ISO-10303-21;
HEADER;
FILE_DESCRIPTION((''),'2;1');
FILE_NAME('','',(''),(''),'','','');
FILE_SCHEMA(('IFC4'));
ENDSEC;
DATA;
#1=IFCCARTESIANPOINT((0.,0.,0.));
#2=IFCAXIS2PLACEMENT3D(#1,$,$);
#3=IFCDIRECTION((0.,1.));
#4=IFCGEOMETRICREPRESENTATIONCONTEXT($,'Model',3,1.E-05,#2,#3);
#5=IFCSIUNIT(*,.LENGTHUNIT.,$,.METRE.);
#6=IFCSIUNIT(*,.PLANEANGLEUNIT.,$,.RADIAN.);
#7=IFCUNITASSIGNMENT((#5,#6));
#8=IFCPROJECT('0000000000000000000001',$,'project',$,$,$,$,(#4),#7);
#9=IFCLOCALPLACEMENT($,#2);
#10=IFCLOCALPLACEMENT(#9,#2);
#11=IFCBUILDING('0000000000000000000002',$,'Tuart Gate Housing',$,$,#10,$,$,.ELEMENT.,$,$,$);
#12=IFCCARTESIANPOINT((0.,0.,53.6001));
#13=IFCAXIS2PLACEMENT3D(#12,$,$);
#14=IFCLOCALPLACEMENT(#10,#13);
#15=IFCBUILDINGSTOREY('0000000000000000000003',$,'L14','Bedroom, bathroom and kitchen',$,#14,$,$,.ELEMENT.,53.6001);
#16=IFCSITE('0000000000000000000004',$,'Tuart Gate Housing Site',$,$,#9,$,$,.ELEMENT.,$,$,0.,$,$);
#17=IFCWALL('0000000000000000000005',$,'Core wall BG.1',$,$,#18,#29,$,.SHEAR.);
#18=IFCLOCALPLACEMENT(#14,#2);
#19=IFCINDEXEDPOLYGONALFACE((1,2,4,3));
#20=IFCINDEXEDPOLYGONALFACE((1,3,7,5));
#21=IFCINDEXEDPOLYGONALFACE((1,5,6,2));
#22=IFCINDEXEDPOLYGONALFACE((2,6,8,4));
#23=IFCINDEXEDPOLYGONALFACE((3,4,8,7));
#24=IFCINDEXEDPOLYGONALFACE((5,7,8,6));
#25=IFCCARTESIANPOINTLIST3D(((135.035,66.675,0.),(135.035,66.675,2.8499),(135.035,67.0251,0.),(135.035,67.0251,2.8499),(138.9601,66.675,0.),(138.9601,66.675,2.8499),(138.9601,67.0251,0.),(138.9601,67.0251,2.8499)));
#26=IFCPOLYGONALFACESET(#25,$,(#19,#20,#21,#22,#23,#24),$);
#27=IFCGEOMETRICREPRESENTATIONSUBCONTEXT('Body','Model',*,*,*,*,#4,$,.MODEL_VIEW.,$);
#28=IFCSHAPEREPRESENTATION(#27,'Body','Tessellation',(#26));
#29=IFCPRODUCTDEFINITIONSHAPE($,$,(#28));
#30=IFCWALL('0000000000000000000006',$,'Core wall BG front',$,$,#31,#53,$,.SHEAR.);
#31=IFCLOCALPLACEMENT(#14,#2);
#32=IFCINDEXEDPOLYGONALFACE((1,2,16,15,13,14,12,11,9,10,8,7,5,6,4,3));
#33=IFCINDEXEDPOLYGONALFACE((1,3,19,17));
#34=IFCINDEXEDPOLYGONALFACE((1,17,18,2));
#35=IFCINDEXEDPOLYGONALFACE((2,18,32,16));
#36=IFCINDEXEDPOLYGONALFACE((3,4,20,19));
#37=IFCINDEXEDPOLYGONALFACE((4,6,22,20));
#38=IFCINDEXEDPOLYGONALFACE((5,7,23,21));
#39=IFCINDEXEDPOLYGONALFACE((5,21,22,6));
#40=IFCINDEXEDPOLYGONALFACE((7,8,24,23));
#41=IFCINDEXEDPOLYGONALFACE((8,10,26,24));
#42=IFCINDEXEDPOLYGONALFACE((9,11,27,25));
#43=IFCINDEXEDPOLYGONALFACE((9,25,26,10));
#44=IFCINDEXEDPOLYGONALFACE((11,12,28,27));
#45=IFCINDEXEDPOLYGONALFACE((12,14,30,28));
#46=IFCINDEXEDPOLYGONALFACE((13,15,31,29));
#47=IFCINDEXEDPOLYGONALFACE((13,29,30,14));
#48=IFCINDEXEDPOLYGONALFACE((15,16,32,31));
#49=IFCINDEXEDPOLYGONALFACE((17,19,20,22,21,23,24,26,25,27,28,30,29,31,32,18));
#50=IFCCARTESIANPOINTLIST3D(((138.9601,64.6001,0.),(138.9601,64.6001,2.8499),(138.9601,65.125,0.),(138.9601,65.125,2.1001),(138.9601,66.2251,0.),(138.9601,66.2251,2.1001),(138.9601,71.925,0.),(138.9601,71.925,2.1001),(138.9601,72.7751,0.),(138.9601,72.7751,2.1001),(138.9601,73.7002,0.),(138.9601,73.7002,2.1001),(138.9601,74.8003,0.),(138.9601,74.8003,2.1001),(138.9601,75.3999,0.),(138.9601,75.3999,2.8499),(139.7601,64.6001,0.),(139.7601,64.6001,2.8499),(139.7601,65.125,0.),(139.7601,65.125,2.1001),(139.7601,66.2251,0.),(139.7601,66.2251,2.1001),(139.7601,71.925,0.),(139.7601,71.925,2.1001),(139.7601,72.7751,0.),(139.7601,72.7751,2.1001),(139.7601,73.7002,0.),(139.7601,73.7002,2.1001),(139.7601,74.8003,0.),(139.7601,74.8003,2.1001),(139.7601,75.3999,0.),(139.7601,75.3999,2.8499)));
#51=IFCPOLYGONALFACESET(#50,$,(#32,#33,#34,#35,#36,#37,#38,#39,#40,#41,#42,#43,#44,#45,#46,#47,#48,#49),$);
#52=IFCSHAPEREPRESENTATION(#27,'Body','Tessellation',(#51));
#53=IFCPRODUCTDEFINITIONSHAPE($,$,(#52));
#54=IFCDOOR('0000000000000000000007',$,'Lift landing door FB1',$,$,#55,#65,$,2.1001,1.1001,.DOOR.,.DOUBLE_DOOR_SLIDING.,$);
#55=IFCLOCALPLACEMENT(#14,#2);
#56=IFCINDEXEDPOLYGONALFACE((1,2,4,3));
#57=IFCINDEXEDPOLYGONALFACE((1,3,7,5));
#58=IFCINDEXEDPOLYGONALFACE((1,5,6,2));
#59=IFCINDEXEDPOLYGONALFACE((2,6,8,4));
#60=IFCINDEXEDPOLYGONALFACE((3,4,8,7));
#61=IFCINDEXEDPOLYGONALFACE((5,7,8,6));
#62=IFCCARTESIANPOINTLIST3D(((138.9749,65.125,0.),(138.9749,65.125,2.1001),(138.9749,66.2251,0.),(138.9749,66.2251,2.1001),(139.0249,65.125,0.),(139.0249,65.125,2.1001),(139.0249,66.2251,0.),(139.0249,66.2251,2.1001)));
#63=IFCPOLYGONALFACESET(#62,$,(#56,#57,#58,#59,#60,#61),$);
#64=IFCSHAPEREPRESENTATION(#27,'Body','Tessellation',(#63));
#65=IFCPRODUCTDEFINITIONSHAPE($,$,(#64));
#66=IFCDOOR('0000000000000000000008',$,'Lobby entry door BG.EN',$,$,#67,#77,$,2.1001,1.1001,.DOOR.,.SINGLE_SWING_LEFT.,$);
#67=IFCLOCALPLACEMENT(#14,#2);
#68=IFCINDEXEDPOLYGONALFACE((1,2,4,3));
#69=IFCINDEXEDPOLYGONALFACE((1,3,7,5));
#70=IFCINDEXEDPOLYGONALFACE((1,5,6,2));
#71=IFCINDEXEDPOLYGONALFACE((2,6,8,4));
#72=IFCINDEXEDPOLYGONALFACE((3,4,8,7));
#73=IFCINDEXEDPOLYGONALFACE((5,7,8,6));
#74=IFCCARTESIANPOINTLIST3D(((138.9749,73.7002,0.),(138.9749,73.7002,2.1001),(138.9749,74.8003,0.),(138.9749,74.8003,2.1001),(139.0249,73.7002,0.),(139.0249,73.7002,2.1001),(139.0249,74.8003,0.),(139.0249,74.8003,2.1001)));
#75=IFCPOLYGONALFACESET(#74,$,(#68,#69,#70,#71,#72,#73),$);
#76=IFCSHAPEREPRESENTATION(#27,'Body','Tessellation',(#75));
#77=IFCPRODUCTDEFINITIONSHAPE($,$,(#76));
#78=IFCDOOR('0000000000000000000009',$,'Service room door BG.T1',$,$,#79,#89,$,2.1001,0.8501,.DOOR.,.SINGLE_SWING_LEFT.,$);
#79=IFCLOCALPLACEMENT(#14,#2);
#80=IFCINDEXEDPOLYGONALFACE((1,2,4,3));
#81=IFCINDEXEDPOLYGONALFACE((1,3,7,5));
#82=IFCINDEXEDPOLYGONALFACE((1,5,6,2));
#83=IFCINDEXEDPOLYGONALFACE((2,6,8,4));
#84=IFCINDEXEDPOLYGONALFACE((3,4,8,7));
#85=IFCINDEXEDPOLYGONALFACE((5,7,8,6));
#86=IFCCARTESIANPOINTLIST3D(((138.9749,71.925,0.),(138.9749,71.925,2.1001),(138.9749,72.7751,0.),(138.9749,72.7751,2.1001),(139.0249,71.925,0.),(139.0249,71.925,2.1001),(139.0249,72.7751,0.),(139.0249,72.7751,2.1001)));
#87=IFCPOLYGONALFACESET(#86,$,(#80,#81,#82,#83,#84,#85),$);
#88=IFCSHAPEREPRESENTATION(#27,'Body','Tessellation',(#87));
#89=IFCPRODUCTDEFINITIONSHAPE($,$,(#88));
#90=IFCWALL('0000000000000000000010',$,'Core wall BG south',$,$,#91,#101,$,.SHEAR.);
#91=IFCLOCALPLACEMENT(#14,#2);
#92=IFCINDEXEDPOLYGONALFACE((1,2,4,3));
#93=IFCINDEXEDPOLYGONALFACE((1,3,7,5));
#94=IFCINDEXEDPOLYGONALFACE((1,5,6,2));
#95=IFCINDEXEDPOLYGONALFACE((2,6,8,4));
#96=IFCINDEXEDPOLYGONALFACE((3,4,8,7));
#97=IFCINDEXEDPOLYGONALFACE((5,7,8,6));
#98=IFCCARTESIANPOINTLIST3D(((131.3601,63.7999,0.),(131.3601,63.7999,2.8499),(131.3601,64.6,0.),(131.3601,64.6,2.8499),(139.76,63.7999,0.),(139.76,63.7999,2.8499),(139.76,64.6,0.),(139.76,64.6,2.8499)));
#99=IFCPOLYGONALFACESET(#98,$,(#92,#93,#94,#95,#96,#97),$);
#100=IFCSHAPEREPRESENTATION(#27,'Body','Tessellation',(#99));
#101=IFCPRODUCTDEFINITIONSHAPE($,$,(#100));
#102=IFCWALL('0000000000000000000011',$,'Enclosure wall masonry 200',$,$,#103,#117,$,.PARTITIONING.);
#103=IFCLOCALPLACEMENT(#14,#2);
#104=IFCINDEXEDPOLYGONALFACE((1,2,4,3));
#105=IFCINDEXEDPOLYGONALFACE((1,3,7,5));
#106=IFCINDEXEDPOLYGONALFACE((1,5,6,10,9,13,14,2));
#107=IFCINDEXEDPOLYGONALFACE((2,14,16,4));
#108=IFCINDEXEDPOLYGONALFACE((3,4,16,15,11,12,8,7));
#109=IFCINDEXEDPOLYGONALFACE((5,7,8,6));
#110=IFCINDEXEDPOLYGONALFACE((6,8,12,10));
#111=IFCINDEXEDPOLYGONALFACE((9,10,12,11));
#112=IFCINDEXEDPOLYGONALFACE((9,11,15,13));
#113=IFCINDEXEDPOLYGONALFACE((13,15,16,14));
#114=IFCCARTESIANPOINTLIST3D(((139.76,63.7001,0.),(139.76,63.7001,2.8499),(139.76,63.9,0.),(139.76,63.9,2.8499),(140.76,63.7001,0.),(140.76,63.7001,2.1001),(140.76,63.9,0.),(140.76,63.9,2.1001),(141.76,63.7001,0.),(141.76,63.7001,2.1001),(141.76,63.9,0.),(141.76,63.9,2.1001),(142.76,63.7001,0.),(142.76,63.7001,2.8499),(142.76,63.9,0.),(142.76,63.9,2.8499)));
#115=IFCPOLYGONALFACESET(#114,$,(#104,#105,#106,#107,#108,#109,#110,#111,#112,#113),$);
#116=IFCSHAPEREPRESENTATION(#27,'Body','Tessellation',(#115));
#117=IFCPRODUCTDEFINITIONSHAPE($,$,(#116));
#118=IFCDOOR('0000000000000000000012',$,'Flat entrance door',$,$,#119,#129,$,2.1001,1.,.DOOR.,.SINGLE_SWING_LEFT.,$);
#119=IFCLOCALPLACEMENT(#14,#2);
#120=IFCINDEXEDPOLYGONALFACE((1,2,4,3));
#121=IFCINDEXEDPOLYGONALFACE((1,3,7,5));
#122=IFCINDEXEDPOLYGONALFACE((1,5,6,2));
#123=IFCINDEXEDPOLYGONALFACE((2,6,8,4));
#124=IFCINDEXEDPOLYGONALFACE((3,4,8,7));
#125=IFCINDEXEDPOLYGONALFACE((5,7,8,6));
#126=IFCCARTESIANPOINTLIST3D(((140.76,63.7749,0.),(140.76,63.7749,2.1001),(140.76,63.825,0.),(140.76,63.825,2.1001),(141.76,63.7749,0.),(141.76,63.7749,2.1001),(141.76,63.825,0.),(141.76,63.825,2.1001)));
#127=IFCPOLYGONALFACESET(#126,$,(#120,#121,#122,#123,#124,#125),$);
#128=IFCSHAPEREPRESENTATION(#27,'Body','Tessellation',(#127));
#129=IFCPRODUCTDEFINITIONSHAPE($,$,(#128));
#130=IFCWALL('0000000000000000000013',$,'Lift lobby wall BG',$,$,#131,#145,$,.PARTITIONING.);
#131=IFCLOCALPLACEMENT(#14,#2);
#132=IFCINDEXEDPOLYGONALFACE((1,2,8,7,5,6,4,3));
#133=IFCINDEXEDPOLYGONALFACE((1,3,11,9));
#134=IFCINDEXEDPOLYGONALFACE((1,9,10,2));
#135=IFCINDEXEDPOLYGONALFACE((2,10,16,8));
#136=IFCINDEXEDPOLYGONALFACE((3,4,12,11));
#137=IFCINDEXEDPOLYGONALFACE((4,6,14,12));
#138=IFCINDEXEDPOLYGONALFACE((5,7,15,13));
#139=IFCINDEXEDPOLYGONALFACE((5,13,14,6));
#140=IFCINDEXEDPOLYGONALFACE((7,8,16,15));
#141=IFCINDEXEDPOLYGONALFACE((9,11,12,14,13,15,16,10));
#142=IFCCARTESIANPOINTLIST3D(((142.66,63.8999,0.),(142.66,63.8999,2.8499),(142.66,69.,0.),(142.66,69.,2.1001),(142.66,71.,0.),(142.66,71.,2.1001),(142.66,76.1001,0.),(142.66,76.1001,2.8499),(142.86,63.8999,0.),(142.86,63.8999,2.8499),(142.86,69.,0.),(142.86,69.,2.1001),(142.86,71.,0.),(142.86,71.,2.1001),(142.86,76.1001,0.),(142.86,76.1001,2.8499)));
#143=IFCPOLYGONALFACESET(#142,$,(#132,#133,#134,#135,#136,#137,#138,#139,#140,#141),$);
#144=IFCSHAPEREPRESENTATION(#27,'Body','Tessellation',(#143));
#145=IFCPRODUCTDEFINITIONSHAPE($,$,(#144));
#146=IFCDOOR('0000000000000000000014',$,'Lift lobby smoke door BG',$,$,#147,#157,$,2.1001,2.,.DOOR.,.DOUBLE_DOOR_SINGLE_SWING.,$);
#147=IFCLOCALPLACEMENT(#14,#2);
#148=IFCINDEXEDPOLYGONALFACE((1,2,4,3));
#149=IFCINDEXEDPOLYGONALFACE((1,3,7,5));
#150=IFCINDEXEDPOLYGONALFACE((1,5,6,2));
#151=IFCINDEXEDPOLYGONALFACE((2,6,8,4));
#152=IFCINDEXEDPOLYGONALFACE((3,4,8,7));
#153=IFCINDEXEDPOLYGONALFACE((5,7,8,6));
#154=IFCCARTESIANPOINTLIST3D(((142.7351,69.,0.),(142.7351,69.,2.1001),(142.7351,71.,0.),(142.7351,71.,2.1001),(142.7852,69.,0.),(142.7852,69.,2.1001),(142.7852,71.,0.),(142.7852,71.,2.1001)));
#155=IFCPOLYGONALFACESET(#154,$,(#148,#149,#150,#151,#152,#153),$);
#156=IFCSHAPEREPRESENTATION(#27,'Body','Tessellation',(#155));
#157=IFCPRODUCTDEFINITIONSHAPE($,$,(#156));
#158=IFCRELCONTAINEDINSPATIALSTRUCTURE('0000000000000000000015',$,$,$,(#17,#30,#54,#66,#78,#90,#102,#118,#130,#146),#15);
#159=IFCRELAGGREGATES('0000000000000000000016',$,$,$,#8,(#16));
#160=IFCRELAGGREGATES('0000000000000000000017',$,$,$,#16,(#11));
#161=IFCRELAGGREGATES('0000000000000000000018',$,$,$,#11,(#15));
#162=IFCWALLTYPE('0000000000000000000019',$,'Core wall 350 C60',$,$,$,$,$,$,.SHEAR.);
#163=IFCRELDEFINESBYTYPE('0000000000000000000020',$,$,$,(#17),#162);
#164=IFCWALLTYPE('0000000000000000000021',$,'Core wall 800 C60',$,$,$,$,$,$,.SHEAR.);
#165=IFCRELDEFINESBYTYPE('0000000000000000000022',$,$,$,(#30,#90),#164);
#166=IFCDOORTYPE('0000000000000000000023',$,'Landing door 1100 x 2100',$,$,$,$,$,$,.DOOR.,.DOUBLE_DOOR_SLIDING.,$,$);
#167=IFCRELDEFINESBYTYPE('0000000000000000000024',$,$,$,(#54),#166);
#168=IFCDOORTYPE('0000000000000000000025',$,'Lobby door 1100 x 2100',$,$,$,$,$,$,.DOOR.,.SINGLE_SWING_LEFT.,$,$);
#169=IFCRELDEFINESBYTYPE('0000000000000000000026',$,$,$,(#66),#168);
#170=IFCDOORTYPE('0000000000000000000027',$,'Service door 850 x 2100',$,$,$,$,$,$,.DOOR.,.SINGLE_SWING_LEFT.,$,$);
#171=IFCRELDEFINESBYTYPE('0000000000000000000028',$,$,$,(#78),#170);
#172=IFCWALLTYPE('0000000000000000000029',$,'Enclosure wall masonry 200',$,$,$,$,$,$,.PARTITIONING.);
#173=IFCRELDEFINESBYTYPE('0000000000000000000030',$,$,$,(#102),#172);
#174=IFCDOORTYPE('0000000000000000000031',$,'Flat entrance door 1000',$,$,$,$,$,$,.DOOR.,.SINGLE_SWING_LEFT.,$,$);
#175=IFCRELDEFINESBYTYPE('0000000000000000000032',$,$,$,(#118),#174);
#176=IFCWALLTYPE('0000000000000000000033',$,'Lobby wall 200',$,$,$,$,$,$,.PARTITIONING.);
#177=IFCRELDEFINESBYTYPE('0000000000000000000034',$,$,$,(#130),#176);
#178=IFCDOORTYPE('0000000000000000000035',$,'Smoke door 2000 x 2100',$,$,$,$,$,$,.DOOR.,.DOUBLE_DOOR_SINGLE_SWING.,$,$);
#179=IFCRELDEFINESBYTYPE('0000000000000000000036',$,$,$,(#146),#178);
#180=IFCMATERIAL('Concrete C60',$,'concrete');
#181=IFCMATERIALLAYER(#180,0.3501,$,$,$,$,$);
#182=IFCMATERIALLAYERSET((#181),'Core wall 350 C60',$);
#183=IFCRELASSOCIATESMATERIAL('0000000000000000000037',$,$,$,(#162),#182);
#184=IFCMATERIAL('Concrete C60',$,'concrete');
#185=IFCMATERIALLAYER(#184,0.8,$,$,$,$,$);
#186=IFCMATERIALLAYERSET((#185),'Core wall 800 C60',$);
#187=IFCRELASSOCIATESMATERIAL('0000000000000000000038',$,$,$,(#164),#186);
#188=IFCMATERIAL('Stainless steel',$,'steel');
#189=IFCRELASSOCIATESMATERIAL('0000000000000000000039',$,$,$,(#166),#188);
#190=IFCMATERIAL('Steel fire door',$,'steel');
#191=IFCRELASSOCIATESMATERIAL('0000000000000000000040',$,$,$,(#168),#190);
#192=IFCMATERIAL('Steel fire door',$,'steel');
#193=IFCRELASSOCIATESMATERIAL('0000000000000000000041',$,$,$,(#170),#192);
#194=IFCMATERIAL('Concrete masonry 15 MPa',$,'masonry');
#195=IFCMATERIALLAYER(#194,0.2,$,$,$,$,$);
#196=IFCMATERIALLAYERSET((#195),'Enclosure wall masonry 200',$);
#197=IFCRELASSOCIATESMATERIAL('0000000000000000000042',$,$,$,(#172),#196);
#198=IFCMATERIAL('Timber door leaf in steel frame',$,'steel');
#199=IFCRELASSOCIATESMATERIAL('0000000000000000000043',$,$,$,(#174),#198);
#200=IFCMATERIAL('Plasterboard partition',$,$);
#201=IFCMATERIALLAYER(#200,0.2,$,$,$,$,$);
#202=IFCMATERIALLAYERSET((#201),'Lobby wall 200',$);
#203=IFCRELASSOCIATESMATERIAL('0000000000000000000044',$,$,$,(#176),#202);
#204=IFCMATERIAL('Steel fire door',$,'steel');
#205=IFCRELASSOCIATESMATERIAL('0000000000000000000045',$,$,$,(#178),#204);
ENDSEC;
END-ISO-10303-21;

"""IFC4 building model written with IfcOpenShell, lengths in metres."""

from ifc_helpers import new_model, si_unit, direction, frame, frame_2d, origin, place, context, subcontext, project, spatial, rectangle, extrude, material, layer, layer_set, type_object, element, fill, save


model = new_model("IFC4")

# Units and contexts
model_context = context("Model", 3, precision=1e-05, world=origin(), true_north=direction((0.0, 1.0)))
body_context = subcontext(model_context, "Body", "Model", "MODEL_VIEW")
ifc_project = project(units=[si_unit("LENGTHUNIT", "METRE"), si_unit("PLANEANGLEUNIT", "RADIAN")], contexts=[model_context])

# Site, building, storey
site_placement = place(None, origin())
site = spatial("IfcSite", under=ifc_project, at=site_placement, Name="Tuart Gate Housing Site", CompositionType="ELEMENT", RefElevation=0.0)
building_placement = place(site_placement, origin())
building = spatial("IfcBuilding", under=site, at=building_placement, Name="Tuart Gate Housing", CompositionType="ELEMENT")
storey_placement = place(building_placement, frame((0.0, 0.0, 53.6001)))
storey = spatial("IfcBuildingStorey", under=building, at=storey_placement, Name="L14", Description="Bedroom, bathroom and kitchen", CompositionType="ELEMENT", Elevation=53.6001)

# Wall
ifc_material_1 = material(Name="Concrete C60", Category="concrete")
ifc_layer_1 = layer(ifc_material_1, 0.3501)
ifc_layer_set_1 = layer_set([ifc_layer_1], Name="Core wall 350 C60")
wall_type_1 = type_object("IfcWallType", Name="Core wall 350 C60", PredefinedType="SHEAR", material=ifc_layer_set_1)
wall_1_placement = place(storey_placement, frame((138.96, 66.8501, 0.0), z_axis=(0.0, 0.0, 1.0), x_axis=(-1.0, 0.0, 0.0)))
element("IfcWall", 1, at=wall_1_placement, inside=storey, type_object=wall_type_1, Name="Core wall BG.1", PredefinedType="SHEAR", context=body_context, shape_type="SweptSolid", body=[
    extrude(rectangle(XDim=3.925, YDim=0.3501, at=frame_2d((1.9624, 0.0))), origin(), (0.0, 0.0, 1.0), 2.8499),
])

# Wall, openings, doors
ifc_material_2 = material(Name="Concrete C60", Category="concrete")
ifc_layer_2 = layer(ifc_material_2, 0.8)
ifc_layer_set_2 = layer_set([ifc_layer_2], Name="Core wall 800 C60")
wall_type_2 = type_object("IfcWallType", Name="Core wall 800 C60", PredefinedType="SHEAR", material=ifc_layer_set_2)
wall_2_placement = place(storey_placement, frame((139.3601, 64.6001, 0.0), z_axis=(0.0, 0.0, 1.0), x_axis=(0.0, 1.0, 0.0)))
wall_2 = element("IfcWall", 2, at=wall_2_placement, inside=storey, type_object=wall_type_2, Name="Core wall BG front", PredefinedType="SHEAR", context=body_context, shape_type="SweptSolid", body=[
    extrude(rectangle(XDim=10.7998, YDim=0.8, at=frame_2d((5.3999, 0.0))), origin(), (0.0, 0.0, 1.0), 2.8499),
])
opening_1_placement = place(wall_2_placement, frame((0.5249, 0.0, 0.0)))
opening_1 = element("IfcOpeningElement", 3, at=opening_1_placement, cuts=wall_2, PredefinedType="OPENING", context=body_context, shape_type="SweptSolid", body=[
    extrude(rectangle(XDim=1.1001, YDim=2.1001, at=frame_2d((0.55, 1.05))), frame((0.0, 0.4099, 0.0), z_axis=(0.0, -1.0, 0.0), x_axis=(1.0, 0.0, 0.0)), (0.0, 0.0, 1.0), 0.8201),
])
opening_2_placement = place(wall_2_placement, frame((9.1001, 0.0, 0.0)))
opening_2 = element("IfcOpeningElement", 4, at=opening_2_placement, cuts=wall_2, PredefinedType="OPENING", context=body_context, shape_type="SweptSolid", body=[
    extrude(rectangle(XDim=1.1001, YDim=2.1001, at=frame_2d((0.55, 1.05))), frame((0.0, 0.4099, 0.0), z_axis=(0.0, -1.0, 0.0), x_axis=(1.0, 0.0, 0.0)), (0.0, 0.0, 1.0), 0.8201),
])
opening_3_placement = place(wall_2_placement, frame((7.325, 0.0, 0.0)))
opening_3 = element("IfcOpeningElement", 5, at=opening_3_placement, cuts=wall_2, PredefinedType="OPENING", context=body_context, shape_type="SweptSolid", body=[
    extrude(rectangle(XDim=0.8501, YDim=2.1001, at=frame_2d((0.425, 1.05))), frame((0.0, 0.4099, 0.0), z_axis=(0.0, -1.0, 0.0), x_axis=(1.0, 0.0, 0.0)), (0.0, 0.0, 1.0), 0.8201),
])
ifc_material_3 = material(Name="Stainless steel", Category="steel")
door_type_1 = type_object("IfcDoorType", Name="Landing door 1100 x 2100", OperationType="DOUBLE_DOOR_SLIDING", PredefinedType="DOOR", material=ifc_material_3)
door_1_placement = place(opening_1_placement, origin())
door_1 = element("IfcDoor", 6, at=door_1_placement, inside=storey, type_object=door_type_1, Name="Lift landing door FB1", OperationType="DOUBLE_DOOR_SLIDING", OverallHeight=2.1001, OverallWidth=1.1001, PredefinedType="DOOR", context=body_context, shape_type="SweptSolid", body=[
    extrude(rectangle(XDim=1.1001, YDim=2.1001, at=frame_2d((0.55, 1.05))), frame((0.0, 0.3853, 0.0), z_axis=(0.0, -1.0, 0.0), x_axis=(1.0, 0.0, 0.0)), (0.0, 0.0, 1.0), 0.05),
])
fill(opening_1, door_1)
ifc_material_4 = material(Name="Steel fire door", Category="steel")
door_type_2 = type_object("IfcDoorType", Name="Lobby door 1100 x 2100", OperationType="SINGLE_SWING_LEFT", PredefinedType="DOOR", material=ifc_material_4)
door_2_placement = place(opening_2_placement, origin())
door_2 = element("IfcDoor", 7, at=door_2_placement, inside=storey, type_object=door_type_2, Name="Lobby entry door BG.EN", OperationType="SINGLE_SWING_LEFT", OverallHeight=2.1001, OverallWidth=1.1001, PredefinedType="DOOR", context=body_context, shape_type="SweptSolid", body=[
    extrude(rectangle(XDim=1.1001, YDim=2.1001, at=frame_2d((0.55, 1.05))), frame((0.0, 0.3853, 0.0), z_axis=(0.0, -1.0, 0.0), x_axis=(1.0, 0.0, 0.0)), (0.0, 0.0, 1.0), 0.05),
])
fill(opening_2, door_2)
ifc_material_5 = material(Name="Steel fire door", Category="steel")
door_type_3 = type_object("IfcDoorType", Name="Service door 850 x 2100", OperationType="SINGLE_SWING_LEFT", PredefinedType="DOOR", material=ifc_material_5)
door_3_placement = place(opening_3_placement, origin())
door_3 = element("IfcDoor", 8, at=door_3_placement, inside=storey, type_object=door_type_3, Name="Service room door BG.T1", OperationType="SINGLE_SWING_LEFT", OverallHeight=2.1001, OverallWidth=0.8501, PredefinedType="DOOR", context=body_context, shape_type="SweptSolid", body=[
    extrude(rectangle(XDim=0.8501, YDim=2.1001, at=frame_2d((0.425, 1.05))), frame((0.0, 0.3853, 0.0), z_axis=(0.0, -1.0, 0.0), x_axis=(1.0, 0.0, 0.0)), (0.0, 0.0, 1.0), 0.05),
])
fill(opening_3, door_3)

# Wall
wall_3_placement = place(storey_placement, frame((139.76, 64.2, 0.0), z_axis=(0.0, 0.0, 1.0), x_axis=(-1.0, 0.0, 0.0)))
element("IfcWall", 9, at=wall_3_placement, inside=storey, type_object=wall_type_2, Name="Core wall BG south", PredefinedType="SHEAR", context=body_context, shape_type="SweptSolid", body=[
    extrude(rectangle(XDim=8.3999, YDim=0.8, at=frame_2d((4.2, 0.0))), origin(), (0.0, 0.0, 1.0), 2.8499),
])

# Walls, openings, doors
ifc_material_6 = material(Name="Concrete masonry 15 MPa", Category="masonry")
ifc_layer_3 = layer(ifc_material_6, 0.2)
ifc_layer_set_3 = layer_set([ifc_layer_3], Name="Enclosure wall masonry 200")
wall_type_3 = type_object("IfcWallType", Name="Enclosure wall masonry 200", PredefinedType="PARTITIONING", material=ifc_layer_set_3)
wall_4_placement = place(storey_placement, frame((139.76, 63.8, 0.0), z_axis=(0.0, 0.0, 1.0), x_axis=(1.0, 0.0, 0.0)))
wall_4 = element("IfcWall", 10, at=wall_4_placement, inside=storey, type_object=wall_type_3, Name="Enclosure wall masonry 200", PredefinedType="PARTITIONING", context=body_context, shape_type="SweptSolid", body=[
    extrude(rectangle(XDim=3.0, YDim=0.2, at=frame_2d((1.5, 0.0))), origin(), (0.0, 0.0, 1.0), 2.8499),
])
opening_4_placement = place(wall_4_placement, frame((1.0, 0.0, 0.0)))
opening_4 = element("IfcOpeningElement", 11, at=opening_4_placement, cuts=wall_4, PredefinedType="OPENING", context=body_context, shape_type="SweptSolid", body=[
    extrude(rectangle(XDim=1.0, YDim=2.1001, at=frame_2d((0.5, 1.05))), frame((0.0, 0.1099, 0.0), z_axis=(0.0, -1.0, 0.0), x_axis=(1.0, 0.0, 0.0)), (0.0, 0.0, 1.0), 0.22),
])
ifc_material_7 = material(Name="Timber door leaf in steel frame", Category="steel")
door_type_4 = type_object("IfcDoorType", Name="Flat entrance door 1000", OperationType="SINGLE_SWING_LEFT", PredefinedType="DOOR", material=ifc_material_7)
door_4_placement = place(opening_4_placement, frame((1.0, 0.0, 0.0), z_axis=(0.0, 0.0, 1.0), x_axis=(-1.0, 0.0, 0.0)))
door_4 = element("IfcDoor", 12, at=door_4_placement, inside=storey, type_object=door_type_4, Name="Flat entrance door", OperationType="SINGLE_SWING_LEFT", OverallHeight=2.1001, OverallWidth=1.0, PredefinedType="DOOR", context=body_context, shape_type="SweptSolid", body=[
    extrude(rectangle(XDim=1.0, YDim=2.1001, at=frame_2d((0.5, 1.05))), frame((0.0, 0.0251, 0.0), z_axis=(0.0, -1.0, 0.0), x_axis=(1.0, 0.0, 0.0)), (0.0, 0.0, 1.0), 0.05),
])
fill(opening_4, door_4)
ifc_material_8 = material(Name="Plasterboard partition")
ifc_layer_4 = layer(ifc_material_8, 0.2)
ifc_layer_set_4 = layer_set([ifc_layer_4], Name="Lobby wall 200")
wall_type_4 = type_object("IfcWallType", Name="Lobby wall 200", PredefinedType="PARTITIONING", material=ifc_layer_set_4)
wall_5_placement = place(storey_placement, frame((142.76, 63.8999, 0.0), z_axis=(0.0, 0.0, 1.0), x_axis=(0.0, 1.0, 0.0)))
wall_5 = element("IfcWall", 13, at=wall_5_placement, inside=storey, type_object=wall_type_4, Name="Lift lobby wall BG", PredefinedType="PARTITIONING", context=body_context, shape_type="SweptSolid", body=[
    extrude(rectangle(XDim=12.2002, YDim=0.2, at=frame_2d((6.1001, 0.0))), origin(), (0.0, 0.0, 1.0), 2.8499),
])
opening_5_placement = place(wall_5_placement, frame((5.1001, 0.0, 0.0)))
opening_5 = element("IfcOpeningElement", 14, at=opening_5_placement, cuts=wall_5, PredefinedType="OPENING", context=body_context, shape_type="SweptSolid", body=[
    extrude(rectangle(XDim=2.0, YDim=2.1001, at=frame_2d((1.0, 1.05))), frame((0.0, 0.1099, 0.0), z_axis=(0.0, -1.0, 0.0), x_axis=(1.0, 0.0, 0.0)), (0.0, 0.0, 1.0), 0.22),
])
ifc_material_9 = material(Name="Steel fire door", Category="steel")
door_type_5 = type_object("IfcDoorType", Name="Smoke door 2000 x 2100", OperationType="DOUBLE_DOOR_SINGLE_SWING", PredefinedType="DOOR", material=ifc_material_9)
door_5_placement = place(opening_5_placement, origin())
door_5 = element("IfcDoor", 15, at=door_5_placement, inside=storey, type_object=door_type_5, Name="Lift lobby smoke door BG", OperationType="DOUBLE_DOOR_SINGLE_SWING", OverallHeight=2.1001, OverallWidth=2.0, PredefinedType="DOOR", context=body_context, shape_type="SweptSolid", body=[
    extrude(rectangle(XDim=2.0, YDim=2.1001, at=frame_2d((1.0, 1.05))), frame((0.0, 0.0249, 0.0), z_axis=(0.0, -1.0, 0.0), x_axis=(1.0, 0.0, 0.0)), (0.0, 0.0, 1.0), 0.05),
])
fill(opening_5, door_5)

save(model, "model.ifc")
